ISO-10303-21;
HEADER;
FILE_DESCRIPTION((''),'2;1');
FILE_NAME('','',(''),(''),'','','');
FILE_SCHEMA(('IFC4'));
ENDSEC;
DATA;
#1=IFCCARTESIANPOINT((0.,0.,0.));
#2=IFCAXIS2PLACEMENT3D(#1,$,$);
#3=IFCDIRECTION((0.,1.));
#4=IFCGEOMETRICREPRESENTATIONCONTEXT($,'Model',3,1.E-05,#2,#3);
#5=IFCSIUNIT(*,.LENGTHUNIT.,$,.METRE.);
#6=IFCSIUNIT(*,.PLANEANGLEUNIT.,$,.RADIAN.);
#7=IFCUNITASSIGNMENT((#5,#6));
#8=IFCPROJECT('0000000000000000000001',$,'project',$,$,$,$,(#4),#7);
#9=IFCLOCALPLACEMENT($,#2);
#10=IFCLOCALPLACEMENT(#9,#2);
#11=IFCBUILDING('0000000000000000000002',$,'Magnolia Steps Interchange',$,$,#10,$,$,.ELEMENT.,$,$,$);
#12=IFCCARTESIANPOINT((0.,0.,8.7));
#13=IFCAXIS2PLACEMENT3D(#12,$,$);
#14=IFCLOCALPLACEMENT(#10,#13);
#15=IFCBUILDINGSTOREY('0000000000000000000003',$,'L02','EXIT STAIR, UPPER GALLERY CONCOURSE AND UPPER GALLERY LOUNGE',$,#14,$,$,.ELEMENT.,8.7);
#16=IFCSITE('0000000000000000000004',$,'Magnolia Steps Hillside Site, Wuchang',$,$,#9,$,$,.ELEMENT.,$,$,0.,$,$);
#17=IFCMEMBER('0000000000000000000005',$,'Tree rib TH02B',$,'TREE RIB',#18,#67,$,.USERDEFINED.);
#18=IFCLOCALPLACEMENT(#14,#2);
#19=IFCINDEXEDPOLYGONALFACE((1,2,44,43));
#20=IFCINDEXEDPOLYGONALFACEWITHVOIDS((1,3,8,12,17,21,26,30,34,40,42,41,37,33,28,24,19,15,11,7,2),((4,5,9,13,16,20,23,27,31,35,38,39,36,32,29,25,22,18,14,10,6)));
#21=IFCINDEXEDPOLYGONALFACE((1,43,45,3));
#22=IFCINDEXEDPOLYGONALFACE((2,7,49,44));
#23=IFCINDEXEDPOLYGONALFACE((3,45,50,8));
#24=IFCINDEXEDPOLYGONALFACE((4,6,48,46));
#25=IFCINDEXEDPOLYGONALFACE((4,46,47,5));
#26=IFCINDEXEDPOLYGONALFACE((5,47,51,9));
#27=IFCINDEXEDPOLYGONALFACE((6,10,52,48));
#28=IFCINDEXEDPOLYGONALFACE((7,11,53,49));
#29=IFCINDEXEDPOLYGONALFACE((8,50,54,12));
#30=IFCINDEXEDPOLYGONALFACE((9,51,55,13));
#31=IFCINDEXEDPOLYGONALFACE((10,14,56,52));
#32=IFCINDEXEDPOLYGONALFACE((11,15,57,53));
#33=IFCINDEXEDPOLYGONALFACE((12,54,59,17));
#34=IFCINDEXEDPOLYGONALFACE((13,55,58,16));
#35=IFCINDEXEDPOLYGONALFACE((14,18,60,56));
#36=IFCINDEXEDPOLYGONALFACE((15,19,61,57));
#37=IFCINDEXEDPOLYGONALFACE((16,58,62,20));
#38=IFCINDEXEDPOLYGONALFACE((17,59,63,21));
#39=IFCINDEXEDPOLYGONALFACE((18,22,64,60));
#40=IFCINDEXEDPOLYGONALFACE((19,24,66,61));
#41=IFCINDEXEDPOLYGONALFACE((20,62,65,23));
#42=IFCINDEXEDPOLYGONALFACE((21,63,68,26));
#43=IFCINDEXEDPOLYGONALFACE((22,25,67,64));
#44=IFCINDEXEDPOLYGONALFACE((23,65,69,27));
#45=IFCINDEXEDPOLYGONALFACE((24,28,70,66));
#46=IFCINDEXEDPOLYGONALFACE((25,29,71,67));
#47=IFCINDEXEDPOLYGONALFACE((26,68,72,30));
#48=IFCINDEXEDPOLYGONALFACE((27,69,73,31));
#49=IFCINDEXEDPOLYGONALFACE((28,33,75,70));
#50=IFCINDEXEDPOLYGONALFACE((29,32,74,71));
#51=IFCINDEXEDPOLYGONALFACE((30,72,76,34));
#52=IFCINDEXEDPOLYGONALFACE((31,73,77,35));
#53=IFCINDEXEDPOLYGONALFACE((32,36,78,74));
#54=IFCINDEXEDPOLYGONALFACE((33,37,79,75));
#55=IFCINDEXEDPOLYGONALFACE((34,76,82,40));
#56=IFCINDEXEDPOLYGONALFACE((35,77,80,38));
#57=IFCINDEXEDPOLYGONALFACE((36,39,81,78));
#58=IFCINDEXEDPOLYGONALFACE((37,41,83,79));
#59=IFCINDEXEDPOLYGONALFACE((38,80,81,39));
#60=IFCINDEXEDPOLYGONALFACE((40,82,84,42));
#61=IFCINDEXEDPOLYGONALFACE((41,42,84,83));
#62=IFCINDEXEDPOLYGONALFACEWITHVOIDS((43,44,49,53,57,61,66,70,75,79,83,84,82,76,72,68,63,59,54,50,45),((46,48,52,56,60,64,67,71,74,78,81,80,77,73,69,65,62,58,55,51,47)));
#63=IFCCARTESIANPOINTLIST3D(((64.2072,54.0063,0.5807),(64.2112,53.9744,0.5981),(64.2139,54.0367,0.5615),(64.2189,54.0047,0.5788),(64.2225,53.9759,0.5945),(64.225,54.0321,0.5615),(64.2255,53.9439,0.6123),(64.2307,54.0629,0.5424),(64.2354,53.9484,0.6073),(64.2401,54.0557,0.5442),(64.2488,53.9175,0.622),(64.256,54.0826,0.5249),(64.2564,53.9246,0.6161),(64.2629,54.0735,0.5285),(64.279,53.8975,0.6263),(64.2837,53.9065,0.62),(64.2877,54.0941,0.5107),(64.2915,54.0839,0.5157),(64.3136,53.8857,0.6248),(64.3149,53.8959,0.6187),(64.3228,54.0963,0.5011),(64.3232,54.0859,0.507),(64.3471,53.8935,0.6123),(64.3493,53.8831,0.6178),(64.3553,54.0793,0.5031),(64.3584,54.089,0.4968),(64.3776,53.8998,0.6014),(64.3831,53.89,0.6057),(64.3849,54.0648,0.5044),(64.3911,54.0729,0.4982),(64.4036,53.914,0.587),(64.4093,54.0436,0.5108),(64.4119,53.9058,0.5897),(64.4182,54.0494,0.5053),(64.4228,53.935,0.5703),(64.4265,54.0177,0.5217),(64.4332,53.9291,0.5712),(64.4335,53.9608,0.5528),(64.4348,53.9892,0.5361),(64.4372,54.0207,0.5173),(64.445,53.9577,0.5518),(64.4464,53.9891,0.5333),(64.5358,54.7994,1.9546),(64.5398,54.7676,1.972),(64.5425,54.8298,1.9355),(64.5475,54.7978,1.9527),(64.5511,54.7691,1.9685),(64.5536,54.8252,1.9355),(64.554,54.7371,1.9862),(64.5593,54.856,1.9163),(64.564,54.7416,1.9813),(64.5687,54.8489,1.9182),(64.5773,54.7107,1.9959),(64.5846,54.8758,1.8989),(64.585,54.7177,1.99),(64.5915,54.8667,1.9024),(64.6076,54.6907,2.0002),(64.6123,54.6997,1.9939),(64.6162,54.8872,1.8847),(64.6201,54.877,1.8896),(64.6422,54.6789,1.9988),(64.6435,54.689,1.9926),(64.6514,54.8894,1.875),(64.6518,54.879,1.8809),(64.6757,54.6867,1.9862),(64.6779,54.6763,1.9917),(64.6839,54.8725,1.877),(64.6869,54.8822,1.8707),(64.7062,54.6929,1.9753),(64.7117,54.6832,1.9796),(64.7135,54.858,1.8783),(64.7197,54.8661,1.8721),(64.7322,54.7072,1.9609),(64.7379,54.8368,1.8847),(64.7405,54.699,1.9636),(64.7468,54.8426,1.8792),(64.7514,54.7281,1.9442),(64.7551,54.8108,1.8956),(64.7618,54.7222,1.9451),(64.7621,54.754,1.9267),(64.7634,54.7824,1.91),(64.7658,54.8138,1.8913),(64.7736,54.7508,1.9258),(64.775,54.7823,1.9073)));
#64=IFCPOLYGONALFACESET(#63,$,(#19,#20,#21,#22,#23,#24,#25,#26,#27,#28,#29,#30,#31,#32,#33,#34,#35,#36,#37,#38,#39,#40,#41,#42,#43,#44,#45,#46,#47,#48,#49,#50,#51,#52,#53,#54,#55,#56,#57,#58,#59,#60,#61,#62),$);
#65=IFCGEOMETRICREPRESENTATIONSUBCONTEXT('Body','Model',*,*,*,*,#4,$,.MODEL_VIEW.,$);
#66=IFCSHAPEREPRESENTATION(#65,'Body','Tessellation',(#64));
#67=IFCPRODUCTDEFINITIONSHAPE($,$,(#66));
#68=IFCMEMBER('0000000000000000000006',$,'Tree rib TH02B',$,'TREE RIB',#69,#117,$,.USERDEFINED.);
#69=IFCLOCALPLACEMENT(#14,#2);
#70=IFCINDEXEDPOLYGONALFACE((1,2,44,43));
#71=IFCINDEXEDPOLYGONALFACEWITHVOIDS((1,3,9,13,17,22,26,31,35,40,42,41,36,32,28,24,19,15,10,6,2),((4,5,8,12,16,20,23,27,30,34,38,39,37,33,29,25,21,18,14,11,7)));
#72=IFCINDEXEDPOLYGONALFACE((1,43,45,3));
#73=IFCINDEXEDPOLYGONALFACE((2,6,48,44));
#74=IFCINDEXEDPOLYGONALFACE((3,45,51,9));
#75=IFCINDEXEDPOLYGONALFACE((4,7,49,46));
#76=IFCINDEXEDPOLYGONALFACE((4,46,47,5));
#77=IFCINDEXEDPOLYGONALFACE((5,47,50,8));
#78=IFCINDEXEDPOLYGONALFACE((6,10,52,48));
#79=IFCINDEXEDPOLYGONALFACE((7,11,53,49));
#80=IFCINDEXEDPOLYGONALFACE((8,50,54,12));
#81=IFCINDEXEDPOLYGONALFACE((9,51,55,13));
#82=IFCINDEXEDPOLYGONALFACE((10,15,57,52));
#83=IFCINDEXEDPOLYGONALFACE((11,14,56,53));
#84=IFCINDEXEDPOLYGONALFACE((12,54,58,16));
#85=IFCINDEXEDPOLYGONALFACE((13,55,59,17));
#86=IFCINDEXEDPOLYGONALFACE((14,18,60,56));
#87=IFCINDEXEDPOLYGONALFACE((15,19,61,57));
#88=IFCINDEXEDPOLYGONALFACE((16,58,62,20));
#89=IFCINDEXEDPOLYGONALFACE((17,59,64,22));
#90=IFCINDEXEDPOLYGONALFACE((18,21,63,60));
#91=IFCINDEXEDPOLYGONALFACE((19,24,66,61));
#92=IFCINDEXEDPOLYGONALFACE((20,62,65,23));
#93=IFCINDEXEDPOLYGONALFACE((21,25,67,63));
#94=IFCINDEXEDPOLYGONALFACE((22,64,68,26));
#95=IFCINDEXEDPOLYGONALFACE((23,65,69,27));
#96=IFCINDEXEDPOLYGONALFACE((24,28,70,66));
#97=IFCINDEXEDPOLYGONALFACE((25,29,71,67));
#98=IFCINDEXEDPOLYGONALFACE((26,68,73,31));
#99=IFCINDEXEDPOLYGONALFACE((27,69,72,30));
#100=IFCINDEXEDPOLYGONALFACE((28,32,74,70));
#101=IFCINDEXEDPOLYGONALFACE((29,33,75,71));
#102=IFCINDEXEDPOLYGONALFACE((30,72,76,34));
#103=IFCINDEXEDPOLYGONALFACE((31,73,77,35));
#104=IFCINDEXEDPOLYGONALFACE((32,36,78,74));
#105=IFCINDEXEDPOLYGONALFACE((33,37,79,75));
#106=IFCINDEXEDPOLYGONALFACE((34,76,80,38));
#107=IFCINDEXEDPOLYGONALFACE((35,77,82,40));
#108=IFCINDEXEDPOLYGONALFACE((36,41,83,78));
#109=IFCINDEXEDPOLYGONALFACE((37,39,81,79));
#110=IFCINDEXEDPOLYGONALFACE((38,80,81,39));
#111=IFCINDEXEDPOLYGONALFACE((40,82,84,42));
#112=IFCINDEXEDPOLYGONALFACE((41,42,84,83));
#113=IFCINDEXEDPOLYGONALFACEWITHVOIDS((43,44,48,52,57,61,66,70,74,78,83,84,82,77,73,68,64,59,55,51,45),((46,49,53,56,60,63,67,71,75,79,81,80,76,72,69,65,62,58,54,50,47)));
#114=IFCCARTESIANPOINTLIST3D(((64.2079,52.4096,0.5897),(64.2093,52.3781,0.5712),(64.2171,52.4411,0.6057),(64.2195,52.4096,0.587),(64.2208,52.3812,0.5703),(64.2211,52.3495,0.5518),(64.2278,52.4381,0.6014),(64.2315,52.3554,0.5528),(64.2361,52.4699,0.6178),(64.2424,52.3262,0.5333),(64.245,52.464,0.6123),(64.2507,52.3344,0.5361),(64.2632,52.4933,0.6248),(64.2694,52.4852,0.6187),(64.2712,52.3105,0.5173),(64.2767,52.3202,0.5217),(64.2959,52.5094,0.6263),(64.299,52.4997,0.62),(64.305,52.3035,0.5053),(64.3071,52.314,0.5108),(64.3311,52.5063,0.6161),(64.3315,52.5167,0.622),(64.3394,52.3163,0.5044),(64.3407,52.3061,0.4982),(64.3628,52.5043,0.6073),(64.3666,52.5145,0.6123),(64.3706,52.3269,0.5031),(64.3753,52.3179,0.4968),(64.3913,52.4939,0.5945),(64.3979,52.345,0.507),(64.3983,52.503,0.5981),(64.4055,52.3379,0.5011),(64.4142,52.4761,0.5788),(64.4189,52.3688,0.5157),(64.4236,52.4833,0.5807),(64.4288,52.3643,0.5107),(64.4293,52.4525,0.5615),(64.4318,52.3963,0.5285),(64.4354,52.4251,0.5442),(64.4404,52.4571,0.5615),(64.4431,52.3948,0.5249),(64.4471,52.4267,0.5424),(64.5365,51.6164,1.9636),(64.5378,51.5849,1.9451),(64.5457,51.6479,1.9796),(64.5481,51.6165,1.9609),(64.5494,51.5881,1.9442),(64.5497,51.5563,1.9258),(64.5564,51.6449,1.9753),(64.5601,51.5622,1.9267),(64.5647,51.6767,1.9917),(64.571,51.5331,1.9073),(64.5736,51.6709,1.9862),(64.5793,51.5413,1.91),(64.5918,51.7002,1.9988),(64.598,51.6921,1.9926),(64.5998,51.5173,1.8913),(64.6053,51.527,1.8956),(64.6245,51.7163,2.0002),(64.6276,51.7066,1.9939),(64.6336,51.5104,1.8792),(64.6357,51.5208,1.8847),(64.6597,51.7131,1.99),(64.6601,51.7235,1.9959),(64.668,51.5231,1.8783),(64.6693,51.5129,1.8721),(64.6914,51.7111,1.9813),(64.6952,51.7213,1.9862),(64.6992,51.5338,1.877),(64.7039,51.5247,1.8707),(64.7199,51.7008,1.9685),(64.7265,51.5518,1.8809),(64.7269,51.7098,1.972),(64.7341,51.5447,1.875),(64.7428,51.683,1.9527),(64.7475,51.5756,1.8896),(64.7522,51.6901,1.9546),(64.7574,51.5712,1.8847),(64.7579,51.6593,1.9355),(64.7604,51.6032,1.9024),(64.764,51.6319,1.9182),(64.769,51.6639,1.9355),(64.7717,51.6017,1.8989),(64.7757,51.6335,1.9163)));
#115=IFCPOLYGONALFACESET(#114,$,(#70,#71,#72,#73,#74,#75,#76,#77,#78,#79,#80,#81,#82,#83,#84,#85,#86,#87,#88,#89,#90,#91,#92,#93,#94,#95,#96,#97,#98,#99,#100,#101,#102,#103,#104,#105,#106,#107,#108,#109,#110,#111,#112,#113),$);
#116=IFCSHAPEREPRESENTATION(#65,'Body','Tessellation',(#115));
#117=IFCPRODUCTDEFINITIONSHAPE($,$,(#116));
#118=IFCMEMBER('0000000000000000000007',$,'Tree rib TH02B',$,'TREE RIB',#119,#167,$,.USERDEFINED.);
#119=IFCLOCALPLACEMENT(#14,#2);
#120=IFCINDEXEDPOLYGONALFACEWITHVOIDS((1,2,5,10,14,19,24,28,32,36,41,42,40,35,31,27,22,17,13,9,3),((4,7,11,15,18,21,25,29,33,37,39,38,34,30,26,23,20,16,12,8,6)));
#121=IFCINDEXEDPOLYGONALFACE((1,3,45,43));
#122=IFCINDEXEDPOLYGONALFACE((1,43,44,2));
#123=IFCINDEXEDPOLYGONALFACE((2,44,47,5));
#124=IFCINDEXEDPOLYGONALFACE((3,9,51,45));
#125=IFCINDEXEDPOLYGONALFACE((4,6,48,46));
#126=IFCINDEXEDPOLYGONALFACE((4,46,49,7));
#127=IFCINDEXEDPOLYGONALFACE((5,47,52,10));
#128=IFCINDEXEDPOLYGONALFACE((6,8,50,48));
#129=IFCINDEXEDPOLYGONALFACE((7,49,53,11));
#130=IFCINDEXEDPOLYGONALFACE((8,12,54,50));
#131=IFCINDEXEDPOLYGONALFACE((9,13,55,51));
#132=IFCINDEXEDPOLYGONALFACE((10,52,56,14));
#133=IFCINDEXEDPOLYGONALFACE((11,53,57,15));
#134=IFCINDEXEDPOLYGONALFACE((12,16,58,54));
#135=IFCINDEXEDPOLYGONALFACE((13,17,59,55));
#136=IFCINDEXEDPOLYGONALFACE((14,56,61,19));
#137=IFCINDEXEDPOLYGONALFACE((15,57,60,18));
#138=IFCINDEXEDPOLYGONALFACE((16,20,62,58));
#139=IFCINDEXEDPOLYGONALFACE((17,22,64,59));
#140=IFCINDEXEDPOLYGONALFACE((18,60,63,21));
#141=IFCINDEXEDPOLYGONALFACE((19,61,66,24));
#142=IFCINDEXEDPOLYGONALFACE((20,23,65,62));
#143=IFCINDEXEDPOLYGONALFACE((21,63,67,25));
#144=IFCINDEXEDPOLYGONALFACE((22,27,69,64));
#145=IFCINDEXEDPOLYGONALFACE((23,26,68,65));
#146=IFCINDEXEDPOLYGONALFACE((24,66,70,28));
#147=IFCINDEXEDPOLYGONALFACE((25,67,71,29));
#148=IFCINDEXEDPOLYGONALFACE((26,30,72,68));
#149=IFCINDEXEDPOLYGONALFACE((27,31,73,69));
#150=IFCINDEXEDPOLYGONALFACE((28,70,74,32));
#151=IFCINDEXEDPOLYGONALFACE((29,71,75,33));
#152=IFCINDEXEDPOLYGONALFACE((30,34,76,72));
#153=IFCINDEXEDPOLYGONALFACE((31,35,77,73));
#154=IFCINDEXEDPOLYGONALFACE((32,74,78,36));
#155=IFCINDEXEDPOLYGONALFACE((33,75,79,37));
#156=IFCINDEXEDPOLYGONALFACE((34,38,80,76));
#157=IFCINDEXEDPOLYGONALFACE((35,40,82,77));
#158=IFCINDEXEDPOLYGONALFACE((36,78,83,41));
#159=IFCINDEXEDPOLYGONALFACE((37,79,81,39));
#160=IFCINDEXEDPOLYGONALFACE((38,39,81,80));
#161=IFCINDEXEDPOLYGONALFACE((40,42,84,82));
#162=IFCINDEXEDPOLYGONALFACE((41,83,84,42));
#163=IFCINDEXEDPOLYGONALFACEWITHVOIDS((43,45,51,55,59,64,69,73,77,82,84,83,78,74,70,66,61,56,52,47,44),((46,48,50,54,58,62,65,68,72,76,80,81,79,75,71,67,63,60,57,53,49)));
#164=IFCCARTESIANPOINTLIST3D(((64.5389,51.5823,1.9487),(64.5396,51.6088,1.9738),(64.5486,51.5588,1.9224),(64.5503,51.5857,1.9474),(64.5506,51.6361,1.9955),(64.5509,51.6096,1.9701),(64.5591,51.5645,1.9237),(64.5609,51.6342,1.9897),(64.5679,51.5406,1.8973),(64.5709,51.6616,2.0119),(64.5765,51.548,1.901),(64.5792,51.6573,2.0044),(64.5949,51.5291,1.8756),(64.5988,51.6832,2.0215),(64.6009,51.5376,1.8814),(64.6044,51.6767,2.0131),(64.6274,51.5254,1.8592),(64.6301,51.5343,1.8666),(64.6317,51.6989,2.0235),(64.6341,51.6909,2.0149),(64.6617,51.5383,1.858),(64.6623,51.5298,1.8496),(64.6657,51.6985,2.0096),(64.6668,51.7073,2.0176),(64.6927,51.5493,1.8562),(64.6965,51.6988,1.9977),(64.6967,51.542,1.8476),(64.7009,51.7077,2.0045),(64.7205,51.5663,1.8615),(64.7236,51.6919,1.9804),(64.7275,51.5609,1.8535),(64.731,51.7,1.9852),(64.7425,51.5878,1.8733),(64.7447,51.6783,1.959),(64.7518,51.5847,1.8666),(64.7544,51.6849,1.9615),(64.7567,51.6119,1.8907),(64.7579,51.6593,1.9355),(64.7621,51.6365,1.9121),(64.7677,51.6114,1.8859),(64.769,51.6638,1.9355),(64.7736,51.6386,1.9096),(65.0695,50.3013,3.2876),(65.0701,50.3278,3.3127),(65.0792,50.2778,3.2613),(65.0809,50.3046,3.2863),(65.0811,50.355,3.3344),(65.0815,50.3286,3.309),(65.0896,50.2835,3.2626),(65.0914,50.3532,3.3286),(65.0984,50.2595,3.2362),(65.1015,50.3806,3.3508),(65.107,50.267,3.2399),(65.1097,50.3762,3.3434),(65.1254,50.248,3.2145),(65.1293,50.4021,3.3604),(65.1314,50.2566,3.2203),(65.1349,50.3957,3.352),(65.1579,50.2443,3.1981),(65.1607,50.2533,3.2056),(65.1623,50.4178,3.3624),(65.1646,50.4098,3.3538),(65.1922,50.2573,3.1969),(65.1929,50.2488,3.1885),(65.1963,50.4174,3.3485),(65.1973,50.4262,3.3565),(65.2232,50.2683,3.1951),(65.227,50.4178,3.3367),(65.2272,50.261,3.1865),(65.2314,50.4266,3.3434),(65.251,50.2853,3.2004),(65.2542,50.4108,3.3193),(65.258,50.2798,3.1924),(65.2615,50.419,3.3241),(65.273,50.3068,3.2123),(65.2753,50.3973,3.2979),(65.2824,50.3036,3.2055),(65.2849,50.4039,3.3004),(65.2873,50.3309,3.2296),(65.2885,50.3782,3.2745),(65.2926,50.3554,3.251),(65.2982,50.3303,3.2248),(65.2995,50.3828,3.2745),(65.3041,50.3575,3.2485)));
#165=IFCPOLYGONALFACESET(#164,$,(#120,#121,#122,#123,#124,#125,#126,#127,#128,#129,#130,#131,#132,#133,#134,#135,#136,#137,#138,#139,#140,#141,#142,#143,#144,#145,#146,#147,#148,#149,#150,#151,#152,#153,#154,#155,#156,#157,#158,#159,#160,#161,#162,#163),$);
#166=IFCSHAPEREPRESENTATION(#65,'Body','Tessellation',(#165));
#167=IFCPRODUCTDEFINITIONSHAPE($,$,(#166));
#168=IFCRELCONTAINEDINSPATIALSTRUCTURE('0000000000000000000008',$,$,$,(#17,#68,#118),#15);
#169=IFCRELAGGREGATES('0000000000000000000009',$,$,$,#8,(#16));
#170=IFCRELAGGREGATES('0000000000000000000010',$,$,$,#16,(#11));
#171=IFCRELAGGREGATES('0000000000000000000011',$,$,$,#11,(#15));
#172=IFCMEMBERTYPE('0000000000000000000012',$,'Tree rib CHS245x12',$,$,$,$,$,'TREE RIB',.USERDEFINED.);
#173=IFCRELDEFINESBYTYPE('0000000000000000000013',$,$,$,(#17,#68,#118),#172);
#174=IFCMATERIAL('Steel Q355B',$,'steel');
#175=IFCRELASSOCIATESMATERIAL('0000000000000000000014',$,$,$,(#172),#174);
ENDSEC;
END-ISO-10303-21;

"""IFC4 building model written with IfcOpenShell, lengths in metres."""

from ifc_helpers import new_model, si_unit, direction, frame, origin, origin_2d, place, context, subcontext, project, spatial, hollow_circle, extrude, material, material_profile, profile_set, type_object, element, save


model = new_model("IFC4")

# Units and contexts
model_context = context("Model", 3, precision=1e-05, world=origin(), true_north=direction((0.0, 1.0)))
body_context = subcontext(model_context, "Body", "Model", "MODEL_VIEW")
ifc_project = project(units=[si_unit("LENGTHUNIT", "METRE"), si_unit("PLANEANGLEUNIT", "RADIAN")], contexts=[model_context])

# Site, building, storey
site_placement = place(None, origin())
site = spatial("IfcSite", under=ifc_project, at=site_placement, Name="Magnolia Steps Hillside Site, Wuchang", CompositionType="ELEMENT", RefElevation=0.0)
building_placement = place(site_placement, origin())
building = spatial("IfcBuilding", under=site, at=building_placement, Name="Magnolia Steps Interchange", CompositionType="ELEMENT")
storey_placement = place(building_placement, frame((0.0, 0.0, 8.7)))
storey = spatial("IfcBuildingStorey", under=building, at=storey_placement, Name="L02", Description="EXIT STAIR, UPPER GALLERY CONCOURSE AND UPPER GALLERY LOUNGE", CompositionType="ELEMENT", Elevation=8.7)

# Members
ifc_material_1 = material(Name="Steel Q355B", Category="steel")
ifc_material_profile_1 = material_profile(ifc_material_1, hollow_circle(Radius=0.1226, WallThickness=0.012, at=origin_2d()), Name="CHS245x12")
ifc_profile_set_1 = profile_set([ifc_material_profile_1], Name="Steel Q355B")
member_type = type_object("IfcMemberType", Name="Tree rib CHS245x12", ElementType="TREE RIB", PredefinedType="USERDEFINED", material=ifc_profile_set_1)
for number, where, z_axis, x_axis, name in (
    (1, (64.3271, 53.9897, 0.5615), (0.20282, 0.489571, 0.848047), (-0.923857, 0.382737, 0.0), "Tree rib TH02B"),
    (2, (64.3271, 52.4102, 0.5615), (0.20282, -0.489571, 0.848047), (0.923857, 0.382737, 0.0), "Tree rib TH02B"),
):
    element("IfcMember", number, at=place(storey_placement, frame(where, z_axis=z_axis, x_axis=x_axis)), inside=storey, type_object=member_type, Name=name, ObjectType="TREE RIB", PredefinedType="USERDEFINED", context=body_context, shape_type="SweptSolid", body=[
        extrude(hollow_circle(Radius=0.1226, WallThickness=0.012, at=origin_2d()), origin(), (0.0, 0.0, 1.0), 1.6201),
    ])
member_1_placement = place(storey_placement, frame((64.6558, 51.6169, 1.9355), z_axis=(0.275246, -0.664618, 0.694638), x_axis=(0.923903, 0.382627, 0.0)))
element("IfcMember", 3, at=member_1_placement, inside=storey, type_object=member_type, Name="Tree rib TH02B", ObjectType="TREE RIB", PredefinedType="USERDEFINED", context=body_context, shape_type="SweptSolid", body=[
    extrude(hollow_circle(Radius=0.1226, WallThickness=0.012, at=origin_2d()), origin(), (0.0, 0.0, 1.0), 1.9275),
])

save(model, "model.ifc")
